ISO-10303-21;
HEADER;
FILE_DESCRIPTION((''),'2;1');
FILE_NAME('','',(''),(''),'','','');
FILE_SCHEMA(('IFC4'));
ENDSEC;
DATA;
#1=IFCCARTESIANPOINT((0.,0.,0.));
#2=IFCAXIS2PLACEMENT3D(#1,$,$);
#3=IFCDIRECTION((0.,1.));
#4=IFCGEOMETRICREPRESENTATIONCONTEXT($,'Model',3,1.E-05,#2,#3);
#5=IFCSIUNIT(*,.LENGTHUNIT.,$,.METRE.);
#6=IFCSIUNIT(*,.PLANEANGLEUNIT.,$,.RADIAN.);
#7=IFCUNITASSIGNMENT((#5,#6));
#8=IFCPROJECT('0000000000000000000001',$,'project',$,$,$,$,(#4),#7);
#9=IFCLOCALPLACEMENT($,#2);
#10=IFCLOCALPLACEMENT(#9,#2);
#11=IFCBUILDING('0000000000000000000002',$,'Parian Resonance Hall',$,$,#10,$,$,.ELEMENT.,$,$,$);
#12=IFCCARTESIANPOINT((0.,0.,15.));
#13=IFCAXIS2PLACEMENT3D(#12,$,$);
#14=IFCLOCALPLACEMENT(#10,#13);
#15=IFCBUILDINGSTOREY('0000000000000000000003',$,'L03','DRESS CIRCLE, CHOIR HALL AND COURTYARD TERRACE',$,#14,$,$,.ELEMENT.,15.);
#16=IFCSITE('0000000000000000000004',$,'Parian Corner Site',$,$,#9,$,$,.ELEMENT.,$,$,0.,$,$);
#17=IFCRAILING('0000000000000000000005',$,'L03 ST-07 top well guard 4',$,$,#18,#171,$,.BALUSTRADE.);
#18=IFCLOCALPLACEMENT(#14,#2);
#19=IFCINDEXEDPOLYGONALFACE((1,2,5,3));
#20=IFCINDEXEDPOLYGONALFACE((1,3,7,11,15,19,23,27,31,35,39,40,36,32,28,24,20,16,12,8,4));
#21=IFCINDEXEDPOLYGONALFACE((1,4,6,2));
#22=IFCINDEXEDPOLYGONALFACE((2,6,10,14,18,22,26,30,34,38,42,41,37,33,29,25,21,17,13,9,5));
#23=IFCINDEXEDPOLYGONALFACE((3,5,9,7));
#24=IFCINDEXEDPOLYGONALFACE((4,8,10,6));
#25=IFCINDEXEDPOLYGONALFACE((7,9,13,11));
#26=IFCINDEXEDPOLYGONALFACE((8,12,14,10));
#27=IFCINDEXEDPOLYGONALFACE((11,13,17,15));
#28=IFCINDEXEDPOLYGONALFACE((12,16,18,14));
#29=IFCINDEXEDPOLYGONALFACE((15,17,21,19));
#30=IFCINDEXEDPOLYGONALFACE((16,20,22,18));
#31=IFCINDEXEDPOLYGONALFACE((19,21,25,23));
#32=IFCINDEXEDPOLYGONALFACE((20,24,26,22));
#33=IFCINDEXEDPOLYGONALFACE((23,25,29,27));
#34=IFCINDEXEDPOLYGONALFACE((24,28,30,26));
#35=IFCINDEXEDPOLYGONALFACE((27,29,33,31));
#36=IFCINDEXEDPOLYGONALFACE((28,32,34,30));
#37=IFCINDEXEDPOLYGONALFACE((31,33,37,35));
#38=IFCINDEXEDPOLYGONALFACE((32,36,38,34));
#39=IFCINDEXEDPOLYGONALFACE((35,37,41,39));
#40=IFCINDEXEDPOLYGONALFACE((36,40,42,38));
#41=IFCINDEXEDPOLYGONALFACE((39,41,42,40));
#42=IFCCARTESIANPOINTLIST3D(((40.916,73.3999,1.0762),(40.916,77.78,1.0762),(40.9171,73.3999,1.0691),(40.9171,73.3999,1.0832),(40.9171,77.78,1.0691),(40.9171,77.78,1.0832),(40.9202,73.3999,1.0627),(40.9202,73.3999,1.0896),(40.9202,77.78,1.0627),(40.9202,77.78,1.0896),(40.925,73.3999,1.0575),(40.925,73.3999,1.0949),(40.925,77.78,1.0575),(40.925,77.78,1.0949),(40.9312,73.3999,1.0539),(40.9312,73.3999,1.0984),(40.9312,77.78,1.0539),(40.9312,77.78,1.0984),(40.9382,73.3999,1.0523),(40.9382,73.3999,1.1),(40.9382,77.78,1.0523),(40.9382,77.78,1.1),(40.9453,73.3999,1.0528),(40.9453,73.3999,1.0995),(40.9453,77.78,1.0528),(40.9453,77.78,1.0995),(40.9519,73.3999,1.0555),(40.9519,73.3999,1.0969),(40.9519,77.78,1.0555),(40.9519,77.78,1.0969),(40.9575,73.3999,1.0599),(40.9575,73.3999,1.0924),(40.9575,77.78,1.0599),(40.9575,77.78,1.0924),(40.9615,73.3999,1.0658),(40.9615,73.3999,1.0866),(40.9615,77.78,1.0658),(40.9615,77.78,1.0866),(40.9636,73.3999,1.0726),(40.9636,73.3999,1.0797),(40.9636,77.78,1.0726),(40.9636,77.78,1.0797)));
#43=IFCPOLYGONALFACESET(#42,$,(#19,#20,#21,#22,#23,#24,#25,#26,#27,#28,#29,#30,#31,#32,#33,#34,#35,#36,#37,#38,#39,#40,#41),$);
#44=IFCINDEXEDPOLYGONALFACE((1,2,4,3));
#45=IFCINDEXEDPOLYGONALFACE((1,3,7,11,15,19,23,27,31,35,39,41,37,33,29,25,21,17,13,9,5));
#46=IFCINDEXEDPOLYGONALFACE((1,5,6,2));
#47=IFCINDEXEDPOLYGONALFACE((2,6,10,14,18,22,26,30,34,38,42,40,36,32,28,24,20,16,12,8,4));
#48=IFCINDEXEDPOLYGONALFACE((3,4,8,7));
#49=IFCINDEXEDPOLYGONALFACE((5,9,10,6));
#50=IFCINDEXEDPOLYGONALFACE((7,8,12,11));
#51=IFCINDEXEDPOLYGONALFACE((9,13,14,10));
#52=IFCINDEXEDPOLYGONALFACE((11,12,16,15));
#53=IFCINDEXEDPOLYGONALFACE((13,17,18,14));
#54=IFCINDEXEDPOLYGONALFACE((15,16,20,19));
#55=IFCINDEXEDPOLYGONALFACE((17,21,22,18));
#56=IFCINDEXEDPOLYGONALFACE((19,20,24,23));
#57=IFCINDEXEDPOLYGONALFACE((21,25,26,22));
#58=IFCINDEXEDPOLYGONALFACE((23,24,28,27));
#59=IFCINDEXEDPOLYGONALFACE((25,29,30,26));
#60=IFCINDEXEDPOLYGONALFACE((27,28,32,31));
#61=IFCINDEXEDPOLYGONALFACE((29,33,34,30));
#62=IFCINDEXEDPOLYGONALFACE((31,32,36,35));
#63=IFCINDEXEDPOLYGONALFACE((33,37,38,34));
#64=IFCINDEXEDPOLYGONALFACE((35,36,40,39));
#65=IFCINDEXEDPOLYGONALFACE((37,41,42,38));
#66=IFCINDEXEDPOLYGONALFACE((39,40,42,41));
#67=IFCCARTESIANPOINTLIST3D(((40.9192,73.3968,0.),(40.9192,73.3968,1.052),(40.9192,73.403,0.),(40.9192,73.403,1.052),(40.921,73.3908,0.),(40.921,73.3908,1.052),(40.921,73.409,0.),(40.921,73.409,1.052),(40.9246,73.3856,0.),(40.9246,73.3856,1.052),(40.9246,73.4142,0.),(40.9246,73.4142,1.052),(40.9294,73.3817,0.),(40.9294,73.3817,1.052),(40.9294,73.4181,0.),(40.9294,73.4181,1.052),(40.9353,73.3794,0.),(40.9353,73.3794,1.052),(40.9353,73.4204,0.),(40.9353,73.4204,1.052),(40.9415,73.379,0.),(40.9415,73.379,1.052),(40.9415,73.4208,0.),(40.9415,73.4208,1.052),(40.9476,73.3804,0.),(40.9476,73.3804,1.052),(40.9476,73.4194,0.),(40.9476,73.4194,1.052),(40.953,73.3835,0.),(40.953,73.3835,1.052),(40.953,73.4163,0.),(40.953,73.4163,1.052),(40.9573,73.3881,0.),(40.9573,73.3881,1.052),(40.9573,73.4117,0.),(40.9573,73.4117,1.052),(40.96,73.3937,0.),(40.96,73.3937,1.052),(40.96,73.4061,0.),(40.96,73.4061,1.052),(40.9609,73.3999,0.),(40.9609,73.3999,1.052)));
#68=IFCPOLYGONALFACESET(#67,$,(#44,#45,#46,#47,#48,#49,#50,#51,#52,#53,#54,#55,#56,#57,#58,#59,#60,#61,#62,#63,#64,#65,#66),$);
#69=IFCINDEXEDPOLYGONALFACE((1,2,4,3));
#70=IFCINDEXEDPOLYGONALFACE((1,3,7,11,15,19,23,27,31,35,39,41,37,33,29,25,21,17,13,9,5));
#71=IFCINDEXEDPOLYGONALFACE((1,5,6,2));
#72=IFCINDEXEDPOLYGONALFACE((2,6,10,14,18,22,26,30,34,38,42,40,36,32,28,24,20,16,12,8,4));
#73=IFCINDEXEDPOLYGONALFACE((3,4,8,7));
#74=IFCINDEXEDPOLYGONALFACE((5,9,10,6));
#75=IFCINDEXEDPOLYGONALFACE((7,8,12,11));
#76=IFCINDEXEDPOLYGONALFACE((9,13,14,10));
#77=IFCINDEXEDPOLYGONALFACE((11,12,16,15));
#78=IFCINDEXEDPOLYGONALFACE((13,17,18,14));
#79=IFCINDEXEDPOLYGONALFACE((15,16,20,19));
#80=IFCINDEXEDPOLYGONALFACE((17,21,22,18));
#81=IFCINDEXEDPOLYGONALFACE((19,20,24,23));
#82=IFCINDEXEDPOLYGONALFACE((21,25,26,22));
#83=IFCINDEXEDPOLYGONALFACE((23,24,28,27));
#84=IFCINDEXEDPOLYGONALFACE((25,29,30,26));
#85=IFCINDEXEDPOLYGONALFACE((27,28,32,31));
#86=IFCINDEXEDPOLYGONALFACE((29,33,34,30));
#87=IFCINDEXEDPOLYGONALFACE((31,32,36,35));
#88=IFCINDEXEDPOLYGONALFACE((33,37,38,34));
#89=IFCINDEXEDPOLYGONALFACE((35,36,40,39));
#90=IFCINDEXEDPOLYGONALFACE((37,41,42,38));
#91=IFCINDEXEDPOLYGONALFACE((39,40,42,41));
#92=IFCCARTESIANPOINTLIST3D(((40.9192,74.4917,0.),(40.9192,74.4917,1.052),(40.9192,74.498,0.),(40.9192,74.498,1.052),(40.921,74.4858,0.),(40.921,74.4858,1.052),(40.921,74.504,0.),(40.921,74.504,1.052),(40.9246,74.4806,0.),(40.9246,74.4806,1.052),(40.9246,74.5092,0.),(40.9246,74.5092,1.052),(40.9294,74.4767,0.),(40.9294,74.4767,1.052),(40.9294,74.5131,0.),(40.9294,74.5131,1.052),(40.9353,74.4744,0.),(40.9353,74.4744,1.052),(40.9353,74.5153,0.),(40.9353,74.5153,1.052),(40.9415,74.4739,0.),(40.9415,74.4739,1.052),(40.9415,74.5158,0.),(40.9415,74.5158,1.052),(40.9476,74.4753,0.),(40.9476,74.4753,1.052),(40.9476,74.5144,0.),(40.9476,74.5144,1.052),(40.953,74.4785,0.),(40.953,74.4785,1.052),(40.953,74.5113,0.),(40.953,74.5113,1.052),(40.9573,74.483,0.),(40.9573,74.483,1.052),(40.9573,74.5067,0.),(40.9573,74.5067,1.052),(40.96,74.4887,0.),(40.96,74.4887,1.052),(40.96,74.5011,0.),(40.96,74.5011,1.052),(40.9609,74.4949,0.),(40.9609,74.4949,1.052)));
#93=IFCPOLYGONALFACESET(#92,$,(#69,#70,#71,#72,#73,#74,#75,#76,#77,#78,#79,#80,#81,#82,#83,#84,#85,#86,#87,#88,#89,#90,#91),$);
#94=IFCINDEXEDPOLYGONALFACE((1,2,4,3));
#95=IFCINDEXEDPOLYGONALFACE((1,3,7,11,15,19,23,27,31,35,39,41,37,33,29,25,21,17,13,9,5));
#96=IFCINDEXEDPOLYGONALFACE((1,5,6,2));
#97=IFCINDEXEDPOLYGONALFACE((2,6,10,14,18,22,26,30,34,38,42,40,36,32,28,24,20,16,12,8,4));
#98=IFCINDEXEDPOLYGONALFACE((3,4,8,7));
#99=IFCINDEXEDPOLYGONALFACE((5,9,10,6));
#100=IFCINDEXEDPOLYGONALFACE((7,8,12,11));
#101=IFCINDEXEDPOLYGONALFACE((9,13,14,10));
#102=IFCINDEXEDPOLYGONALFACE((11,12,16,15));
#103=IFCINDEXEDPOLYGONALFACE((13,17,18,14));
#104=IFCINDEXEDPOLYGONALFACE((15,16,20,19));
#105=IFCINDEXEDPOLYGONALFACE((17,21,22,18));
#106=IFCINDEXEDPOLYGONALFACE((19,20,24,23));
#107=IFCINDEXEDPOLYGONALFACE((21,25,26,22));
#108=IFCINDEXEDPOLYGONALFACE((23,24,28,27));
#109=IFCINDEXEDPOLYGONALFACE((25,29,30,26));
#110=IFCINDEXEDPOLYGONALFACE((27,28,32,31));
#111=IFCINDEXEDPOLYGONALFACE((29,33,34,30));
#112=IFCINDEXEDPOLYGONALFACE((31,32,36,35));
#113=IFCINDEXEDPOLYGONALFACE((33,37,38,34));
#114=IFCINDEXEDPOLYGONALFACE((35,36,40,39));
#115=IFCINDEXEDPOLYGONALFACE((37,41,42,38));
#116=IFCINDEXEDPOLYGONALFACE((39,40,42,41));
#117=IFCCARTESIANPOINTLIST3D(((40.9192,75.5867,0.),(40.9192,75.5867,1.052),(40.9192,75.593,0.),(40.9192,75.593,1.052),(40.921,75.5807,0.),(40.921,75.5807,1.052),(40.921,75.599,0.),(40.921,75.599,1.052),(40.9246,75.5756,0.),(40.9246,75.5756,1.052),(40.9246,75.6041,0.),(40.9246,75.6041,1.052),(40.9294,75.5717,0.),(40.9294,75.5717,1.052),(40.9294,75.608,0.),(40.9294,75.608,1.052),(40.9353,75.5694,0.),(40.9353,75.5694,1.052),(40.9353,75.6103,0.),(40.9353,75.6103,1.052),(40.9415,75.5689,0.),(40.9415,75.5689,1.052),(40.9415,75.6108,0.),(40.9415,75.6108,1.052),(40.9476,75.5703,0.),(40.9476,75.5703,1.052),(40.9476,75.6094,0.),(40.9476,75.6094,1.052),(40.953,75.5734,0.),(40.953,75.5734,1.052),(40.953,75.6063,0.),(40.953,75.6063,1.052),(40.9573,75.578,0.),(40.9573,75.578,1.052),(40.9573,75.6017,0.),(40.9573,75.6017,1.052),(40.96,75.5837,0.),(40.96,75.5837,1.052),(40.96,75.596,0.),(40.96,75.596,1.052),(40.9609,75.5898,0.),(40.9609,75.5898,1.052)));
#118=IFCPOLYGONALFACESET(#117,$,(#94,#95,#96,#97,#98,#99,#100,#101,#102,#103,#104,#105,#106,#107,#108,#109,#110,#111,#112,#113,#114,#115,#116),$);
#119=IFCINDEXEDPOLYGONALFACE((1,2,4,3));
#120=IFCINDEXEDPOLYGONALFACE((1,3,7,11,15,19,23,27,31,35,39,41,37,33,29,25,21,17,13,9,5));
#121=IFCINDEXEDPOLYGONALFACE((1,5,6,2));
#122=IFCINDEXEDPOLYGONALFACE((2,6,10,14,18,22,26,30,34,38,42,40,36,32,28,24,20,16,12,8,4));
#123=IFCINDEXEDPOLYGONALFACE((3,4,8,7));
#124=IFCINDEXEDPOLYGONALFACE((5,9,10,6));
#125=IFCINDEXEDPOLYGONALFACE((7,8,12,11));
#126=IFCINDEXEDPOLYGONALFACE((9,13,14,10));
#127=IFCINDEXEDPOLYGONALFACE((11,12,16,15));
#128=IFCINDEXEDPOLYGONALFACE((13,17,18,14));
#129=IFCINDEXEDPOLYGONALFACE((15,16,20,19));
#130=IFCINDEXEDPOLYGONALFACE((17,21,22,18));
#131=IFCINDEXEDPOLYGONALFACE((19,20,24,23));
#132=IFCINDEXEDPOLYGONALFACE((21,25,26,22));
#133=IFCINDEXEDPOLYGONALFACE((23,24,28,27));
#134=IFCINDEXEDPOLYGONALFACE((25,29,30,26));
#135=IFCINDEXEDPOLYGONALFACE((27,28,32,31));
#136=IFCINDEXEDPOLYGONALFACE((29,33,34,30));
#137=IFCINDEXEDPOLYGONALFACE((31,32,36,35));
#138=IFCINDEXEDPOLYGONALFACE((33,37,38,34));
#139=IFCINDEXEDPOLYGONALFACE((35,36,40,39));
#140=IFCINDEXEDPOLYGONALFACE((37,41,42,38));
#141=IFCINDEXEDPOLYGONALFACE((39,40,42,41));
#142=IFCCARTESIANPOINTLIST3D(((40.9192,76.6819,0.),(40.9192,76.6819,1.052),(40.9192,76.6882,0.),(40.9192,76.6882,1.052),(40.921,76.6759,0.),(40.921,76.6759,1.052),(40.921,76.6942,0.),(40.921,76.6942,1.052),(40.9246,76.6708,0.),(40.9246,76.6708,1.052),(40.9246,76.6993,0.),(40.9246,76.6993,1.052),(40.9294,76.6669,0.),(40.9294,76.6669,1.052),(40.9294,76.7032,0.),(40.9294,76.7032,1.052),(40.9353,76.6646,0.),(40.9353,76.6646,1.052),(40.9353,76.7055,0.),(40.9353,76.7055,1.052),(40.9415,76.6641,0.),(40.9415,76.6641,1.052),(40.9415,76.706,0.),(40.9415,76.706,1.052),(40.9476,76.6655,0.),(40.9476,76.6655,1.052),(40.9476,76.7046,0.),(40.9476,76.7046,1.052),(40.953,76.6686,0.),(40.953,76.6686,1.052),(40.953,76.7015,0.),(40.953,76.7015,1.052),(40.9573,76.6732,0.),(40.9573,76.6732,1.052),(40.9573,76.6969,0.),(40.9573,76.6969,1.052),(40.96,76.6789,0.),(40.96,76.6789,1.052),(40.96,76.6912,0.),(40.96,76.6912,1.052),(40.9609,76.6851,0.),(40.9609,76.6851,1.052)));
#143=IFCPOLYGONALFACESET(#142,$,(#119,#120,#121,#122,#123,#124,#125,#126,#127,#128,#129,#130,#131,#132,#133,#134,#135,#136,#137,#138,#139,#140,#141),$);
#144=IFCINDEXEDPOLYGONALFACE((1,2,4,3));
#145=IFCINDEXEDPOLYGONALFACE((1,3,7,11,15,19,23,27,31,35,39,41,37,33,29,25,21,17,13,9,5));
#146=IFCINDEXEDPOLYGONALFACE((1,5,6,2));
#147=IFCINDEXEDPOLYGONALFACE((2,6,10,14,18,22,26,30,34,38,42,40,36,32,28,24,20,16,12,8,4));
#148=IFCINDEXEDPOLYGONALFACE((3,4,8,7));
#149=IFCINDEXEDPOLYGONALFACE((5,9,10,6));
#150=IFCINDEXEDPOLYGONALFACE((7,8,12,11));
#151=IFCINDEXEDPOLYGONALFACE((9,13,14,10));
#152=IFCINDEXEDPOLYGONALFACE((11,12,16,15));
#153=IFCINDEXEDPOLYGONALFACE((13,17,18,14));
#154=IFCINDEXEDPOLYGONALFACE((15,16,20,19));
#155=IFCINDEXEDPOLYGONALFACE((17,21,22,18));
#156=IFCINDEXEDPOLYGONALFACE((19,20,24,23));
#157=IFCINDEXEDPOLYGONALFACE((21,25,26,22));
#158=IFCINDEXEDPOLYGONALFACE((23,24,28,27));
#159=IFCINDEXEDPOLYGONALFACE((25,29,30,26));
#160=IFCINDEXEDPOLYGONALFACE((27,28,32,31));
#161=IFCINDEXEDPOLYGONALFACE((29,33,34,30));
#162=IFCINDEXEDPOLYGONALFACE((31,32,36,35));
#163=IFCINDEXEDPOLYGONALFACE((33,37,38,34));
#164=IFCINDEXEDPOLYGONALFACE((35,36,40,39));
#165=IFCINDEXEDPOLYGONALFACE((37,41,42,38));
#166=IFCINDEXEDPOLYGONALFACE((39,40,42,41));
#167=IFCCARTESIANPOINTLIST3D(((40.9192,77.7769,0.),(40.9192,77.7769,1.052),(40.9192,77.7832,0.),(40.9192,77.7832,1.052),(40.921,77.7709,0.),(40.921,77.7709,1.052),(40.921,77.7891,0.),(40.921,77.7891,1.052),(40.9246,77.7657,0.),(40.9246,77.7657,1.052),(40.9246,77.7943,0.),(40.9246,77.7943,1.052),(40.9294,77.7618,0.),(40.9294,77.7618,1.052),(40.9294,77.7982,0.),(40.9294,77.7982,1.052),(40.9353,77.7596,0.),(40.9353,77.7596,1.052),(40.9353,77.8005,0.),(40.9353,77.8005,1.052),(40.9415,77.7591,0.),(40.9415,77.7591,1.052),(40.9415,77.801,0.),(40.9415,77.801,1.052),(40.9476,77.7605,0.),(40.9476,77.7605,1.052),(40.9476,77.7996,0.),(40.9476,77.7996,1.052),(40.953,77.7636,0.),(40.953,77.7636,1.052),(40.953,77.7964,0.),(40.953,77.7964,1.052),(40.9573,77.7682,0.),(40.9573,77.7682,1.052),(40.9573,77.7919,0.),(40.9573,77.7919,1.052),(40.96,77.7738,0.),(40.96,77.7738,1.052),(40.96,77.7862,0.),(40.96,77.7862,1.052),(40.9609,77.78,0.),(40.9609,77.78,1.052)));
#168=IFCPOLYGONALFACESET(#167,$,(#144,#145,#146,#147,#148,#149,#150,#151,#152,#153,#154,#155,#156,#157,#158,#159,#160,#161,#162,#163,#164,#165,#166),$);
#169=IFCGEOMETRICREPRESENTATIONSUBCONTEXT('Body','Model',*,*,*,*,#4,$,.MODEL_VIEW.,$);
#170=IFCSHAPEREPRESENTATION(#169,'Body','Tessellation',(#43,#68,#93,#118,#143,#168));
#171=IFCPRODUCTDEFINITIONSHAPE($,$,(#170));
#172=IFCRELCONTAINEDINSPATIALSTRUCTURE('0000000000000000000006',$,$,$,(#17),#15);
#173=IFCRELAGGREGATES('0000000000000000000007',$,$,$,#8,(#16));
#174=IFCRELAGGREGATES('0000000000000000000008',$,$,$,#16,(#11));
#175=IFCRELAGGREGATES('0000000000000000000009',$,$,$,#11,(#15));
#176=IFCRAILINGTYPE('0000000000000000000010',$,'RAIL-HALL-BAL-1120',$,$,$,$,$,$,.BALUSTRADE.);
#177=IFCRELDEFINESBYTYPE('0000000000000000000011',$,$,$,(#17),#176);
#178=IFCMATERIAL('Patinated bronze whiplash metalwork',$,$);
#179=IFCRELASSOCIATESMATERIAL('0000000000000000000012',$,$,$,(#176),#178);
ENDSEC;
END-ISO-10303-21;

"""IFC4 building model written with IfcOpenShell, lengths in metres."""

from ifc_helpers import new_model, si_unit, direction, frame, origin, origin_2d, place, context, subcontext, project, spatial, circle, extrude, material, type_object, element, save


model = new_model("IFC4")

# Units and contexts
model_context = context("Model", 3, precision=1e-05, world=origin(), true_north=direction((0.0, 1.0)))
body_context = subcontext(model_context, "Body", "Model", "MODEL_VIEW")
ifc_project = project(units=[si_unit("LENGTHUNIT", "METRE"), si_unit("PLANEANGLEUNIT", "RADIAN")], contexts=[model_context])

# Site, building, storey
site_placement = place(None, origin())
site = spatial("IfcSite", under=ifc_project, at=site_placement, Name="Parian Corner Site", CompositionType="ELEMENT", RefElevation=0.0)
building_placement = place(site_placement, origin())
building = spatial("IfcBuilding", under=site, at=building_placement, Name="Parian Resonance Hall", CompositionType="ELEMENT")
storey_placement = place(building_placement, frame((0.0, 0.0, 15.0)))
storey = spatial("IfcBuildingStorey", under=building, at=storey_placement, Name="L03", Description="DRESS CIRCLE, CHOIR HALL AND COURTYARD TERRACE", CompositionType="ELEMENT", Elevation=15.0)

# Railing
ifc_material_1 = material(Name="Patinated bronze whiplash metalwork")
railing_type = type_object("IfcRailingType", Name="RAIL-HALL-BAL-1120", PredefinedType="BALUSTRADE", material=ifc_material_1)
railing_1_placement = place(storey_placement, frame((40.9399, 73.3999, 0.0)))
element("IfcRailing", 1, at=railing_1_placement, inside=storey, type_object=railing_type, Name="L03 ST-07 top well guard 4", PredefinedType="BALUSTRADE", context=body_context, shape_type="SweptSolid", body=[
    extrude(circle(Radius=0.0239, at=origin_2d()), frame((0.0, 0.0, 1.0762), z_axis=(0.0, 1.0, 0.0), x_axis=(-1.0, 0.0, 0.0)), (0.0, 0.0, 1.0), 4.3801),
    extrude(circle(Radius=0.021, at=origin_2d()), origin(), (0.0, 0.0, 1.0), 1.052),
    extrude(circle(Radius=0.021, at=origin_2d()), frame((0.0, 1.095, 0.0)), (0.0, 0.0, 1.0), 1.052),
    extrude(circle(Radius=0.021, at=origin_2d()), frame((0.0, 2.1899, 0.0)), (0.0, 0.0, 1.0), 1.052),
    extrude(circle(Radius=0.021, at=origin_2d()), frame((0.0, 3.2852, 0.0)), (0.0, 0.0, 1.0), 1.052),
    extrude(circle(Radius=0.021, at=origin_2d()), frame((0.0, 4.3801, 0.0)), (0.0, 0.0, 1.0), 1.052),
])

save(model, "model.ifc")
